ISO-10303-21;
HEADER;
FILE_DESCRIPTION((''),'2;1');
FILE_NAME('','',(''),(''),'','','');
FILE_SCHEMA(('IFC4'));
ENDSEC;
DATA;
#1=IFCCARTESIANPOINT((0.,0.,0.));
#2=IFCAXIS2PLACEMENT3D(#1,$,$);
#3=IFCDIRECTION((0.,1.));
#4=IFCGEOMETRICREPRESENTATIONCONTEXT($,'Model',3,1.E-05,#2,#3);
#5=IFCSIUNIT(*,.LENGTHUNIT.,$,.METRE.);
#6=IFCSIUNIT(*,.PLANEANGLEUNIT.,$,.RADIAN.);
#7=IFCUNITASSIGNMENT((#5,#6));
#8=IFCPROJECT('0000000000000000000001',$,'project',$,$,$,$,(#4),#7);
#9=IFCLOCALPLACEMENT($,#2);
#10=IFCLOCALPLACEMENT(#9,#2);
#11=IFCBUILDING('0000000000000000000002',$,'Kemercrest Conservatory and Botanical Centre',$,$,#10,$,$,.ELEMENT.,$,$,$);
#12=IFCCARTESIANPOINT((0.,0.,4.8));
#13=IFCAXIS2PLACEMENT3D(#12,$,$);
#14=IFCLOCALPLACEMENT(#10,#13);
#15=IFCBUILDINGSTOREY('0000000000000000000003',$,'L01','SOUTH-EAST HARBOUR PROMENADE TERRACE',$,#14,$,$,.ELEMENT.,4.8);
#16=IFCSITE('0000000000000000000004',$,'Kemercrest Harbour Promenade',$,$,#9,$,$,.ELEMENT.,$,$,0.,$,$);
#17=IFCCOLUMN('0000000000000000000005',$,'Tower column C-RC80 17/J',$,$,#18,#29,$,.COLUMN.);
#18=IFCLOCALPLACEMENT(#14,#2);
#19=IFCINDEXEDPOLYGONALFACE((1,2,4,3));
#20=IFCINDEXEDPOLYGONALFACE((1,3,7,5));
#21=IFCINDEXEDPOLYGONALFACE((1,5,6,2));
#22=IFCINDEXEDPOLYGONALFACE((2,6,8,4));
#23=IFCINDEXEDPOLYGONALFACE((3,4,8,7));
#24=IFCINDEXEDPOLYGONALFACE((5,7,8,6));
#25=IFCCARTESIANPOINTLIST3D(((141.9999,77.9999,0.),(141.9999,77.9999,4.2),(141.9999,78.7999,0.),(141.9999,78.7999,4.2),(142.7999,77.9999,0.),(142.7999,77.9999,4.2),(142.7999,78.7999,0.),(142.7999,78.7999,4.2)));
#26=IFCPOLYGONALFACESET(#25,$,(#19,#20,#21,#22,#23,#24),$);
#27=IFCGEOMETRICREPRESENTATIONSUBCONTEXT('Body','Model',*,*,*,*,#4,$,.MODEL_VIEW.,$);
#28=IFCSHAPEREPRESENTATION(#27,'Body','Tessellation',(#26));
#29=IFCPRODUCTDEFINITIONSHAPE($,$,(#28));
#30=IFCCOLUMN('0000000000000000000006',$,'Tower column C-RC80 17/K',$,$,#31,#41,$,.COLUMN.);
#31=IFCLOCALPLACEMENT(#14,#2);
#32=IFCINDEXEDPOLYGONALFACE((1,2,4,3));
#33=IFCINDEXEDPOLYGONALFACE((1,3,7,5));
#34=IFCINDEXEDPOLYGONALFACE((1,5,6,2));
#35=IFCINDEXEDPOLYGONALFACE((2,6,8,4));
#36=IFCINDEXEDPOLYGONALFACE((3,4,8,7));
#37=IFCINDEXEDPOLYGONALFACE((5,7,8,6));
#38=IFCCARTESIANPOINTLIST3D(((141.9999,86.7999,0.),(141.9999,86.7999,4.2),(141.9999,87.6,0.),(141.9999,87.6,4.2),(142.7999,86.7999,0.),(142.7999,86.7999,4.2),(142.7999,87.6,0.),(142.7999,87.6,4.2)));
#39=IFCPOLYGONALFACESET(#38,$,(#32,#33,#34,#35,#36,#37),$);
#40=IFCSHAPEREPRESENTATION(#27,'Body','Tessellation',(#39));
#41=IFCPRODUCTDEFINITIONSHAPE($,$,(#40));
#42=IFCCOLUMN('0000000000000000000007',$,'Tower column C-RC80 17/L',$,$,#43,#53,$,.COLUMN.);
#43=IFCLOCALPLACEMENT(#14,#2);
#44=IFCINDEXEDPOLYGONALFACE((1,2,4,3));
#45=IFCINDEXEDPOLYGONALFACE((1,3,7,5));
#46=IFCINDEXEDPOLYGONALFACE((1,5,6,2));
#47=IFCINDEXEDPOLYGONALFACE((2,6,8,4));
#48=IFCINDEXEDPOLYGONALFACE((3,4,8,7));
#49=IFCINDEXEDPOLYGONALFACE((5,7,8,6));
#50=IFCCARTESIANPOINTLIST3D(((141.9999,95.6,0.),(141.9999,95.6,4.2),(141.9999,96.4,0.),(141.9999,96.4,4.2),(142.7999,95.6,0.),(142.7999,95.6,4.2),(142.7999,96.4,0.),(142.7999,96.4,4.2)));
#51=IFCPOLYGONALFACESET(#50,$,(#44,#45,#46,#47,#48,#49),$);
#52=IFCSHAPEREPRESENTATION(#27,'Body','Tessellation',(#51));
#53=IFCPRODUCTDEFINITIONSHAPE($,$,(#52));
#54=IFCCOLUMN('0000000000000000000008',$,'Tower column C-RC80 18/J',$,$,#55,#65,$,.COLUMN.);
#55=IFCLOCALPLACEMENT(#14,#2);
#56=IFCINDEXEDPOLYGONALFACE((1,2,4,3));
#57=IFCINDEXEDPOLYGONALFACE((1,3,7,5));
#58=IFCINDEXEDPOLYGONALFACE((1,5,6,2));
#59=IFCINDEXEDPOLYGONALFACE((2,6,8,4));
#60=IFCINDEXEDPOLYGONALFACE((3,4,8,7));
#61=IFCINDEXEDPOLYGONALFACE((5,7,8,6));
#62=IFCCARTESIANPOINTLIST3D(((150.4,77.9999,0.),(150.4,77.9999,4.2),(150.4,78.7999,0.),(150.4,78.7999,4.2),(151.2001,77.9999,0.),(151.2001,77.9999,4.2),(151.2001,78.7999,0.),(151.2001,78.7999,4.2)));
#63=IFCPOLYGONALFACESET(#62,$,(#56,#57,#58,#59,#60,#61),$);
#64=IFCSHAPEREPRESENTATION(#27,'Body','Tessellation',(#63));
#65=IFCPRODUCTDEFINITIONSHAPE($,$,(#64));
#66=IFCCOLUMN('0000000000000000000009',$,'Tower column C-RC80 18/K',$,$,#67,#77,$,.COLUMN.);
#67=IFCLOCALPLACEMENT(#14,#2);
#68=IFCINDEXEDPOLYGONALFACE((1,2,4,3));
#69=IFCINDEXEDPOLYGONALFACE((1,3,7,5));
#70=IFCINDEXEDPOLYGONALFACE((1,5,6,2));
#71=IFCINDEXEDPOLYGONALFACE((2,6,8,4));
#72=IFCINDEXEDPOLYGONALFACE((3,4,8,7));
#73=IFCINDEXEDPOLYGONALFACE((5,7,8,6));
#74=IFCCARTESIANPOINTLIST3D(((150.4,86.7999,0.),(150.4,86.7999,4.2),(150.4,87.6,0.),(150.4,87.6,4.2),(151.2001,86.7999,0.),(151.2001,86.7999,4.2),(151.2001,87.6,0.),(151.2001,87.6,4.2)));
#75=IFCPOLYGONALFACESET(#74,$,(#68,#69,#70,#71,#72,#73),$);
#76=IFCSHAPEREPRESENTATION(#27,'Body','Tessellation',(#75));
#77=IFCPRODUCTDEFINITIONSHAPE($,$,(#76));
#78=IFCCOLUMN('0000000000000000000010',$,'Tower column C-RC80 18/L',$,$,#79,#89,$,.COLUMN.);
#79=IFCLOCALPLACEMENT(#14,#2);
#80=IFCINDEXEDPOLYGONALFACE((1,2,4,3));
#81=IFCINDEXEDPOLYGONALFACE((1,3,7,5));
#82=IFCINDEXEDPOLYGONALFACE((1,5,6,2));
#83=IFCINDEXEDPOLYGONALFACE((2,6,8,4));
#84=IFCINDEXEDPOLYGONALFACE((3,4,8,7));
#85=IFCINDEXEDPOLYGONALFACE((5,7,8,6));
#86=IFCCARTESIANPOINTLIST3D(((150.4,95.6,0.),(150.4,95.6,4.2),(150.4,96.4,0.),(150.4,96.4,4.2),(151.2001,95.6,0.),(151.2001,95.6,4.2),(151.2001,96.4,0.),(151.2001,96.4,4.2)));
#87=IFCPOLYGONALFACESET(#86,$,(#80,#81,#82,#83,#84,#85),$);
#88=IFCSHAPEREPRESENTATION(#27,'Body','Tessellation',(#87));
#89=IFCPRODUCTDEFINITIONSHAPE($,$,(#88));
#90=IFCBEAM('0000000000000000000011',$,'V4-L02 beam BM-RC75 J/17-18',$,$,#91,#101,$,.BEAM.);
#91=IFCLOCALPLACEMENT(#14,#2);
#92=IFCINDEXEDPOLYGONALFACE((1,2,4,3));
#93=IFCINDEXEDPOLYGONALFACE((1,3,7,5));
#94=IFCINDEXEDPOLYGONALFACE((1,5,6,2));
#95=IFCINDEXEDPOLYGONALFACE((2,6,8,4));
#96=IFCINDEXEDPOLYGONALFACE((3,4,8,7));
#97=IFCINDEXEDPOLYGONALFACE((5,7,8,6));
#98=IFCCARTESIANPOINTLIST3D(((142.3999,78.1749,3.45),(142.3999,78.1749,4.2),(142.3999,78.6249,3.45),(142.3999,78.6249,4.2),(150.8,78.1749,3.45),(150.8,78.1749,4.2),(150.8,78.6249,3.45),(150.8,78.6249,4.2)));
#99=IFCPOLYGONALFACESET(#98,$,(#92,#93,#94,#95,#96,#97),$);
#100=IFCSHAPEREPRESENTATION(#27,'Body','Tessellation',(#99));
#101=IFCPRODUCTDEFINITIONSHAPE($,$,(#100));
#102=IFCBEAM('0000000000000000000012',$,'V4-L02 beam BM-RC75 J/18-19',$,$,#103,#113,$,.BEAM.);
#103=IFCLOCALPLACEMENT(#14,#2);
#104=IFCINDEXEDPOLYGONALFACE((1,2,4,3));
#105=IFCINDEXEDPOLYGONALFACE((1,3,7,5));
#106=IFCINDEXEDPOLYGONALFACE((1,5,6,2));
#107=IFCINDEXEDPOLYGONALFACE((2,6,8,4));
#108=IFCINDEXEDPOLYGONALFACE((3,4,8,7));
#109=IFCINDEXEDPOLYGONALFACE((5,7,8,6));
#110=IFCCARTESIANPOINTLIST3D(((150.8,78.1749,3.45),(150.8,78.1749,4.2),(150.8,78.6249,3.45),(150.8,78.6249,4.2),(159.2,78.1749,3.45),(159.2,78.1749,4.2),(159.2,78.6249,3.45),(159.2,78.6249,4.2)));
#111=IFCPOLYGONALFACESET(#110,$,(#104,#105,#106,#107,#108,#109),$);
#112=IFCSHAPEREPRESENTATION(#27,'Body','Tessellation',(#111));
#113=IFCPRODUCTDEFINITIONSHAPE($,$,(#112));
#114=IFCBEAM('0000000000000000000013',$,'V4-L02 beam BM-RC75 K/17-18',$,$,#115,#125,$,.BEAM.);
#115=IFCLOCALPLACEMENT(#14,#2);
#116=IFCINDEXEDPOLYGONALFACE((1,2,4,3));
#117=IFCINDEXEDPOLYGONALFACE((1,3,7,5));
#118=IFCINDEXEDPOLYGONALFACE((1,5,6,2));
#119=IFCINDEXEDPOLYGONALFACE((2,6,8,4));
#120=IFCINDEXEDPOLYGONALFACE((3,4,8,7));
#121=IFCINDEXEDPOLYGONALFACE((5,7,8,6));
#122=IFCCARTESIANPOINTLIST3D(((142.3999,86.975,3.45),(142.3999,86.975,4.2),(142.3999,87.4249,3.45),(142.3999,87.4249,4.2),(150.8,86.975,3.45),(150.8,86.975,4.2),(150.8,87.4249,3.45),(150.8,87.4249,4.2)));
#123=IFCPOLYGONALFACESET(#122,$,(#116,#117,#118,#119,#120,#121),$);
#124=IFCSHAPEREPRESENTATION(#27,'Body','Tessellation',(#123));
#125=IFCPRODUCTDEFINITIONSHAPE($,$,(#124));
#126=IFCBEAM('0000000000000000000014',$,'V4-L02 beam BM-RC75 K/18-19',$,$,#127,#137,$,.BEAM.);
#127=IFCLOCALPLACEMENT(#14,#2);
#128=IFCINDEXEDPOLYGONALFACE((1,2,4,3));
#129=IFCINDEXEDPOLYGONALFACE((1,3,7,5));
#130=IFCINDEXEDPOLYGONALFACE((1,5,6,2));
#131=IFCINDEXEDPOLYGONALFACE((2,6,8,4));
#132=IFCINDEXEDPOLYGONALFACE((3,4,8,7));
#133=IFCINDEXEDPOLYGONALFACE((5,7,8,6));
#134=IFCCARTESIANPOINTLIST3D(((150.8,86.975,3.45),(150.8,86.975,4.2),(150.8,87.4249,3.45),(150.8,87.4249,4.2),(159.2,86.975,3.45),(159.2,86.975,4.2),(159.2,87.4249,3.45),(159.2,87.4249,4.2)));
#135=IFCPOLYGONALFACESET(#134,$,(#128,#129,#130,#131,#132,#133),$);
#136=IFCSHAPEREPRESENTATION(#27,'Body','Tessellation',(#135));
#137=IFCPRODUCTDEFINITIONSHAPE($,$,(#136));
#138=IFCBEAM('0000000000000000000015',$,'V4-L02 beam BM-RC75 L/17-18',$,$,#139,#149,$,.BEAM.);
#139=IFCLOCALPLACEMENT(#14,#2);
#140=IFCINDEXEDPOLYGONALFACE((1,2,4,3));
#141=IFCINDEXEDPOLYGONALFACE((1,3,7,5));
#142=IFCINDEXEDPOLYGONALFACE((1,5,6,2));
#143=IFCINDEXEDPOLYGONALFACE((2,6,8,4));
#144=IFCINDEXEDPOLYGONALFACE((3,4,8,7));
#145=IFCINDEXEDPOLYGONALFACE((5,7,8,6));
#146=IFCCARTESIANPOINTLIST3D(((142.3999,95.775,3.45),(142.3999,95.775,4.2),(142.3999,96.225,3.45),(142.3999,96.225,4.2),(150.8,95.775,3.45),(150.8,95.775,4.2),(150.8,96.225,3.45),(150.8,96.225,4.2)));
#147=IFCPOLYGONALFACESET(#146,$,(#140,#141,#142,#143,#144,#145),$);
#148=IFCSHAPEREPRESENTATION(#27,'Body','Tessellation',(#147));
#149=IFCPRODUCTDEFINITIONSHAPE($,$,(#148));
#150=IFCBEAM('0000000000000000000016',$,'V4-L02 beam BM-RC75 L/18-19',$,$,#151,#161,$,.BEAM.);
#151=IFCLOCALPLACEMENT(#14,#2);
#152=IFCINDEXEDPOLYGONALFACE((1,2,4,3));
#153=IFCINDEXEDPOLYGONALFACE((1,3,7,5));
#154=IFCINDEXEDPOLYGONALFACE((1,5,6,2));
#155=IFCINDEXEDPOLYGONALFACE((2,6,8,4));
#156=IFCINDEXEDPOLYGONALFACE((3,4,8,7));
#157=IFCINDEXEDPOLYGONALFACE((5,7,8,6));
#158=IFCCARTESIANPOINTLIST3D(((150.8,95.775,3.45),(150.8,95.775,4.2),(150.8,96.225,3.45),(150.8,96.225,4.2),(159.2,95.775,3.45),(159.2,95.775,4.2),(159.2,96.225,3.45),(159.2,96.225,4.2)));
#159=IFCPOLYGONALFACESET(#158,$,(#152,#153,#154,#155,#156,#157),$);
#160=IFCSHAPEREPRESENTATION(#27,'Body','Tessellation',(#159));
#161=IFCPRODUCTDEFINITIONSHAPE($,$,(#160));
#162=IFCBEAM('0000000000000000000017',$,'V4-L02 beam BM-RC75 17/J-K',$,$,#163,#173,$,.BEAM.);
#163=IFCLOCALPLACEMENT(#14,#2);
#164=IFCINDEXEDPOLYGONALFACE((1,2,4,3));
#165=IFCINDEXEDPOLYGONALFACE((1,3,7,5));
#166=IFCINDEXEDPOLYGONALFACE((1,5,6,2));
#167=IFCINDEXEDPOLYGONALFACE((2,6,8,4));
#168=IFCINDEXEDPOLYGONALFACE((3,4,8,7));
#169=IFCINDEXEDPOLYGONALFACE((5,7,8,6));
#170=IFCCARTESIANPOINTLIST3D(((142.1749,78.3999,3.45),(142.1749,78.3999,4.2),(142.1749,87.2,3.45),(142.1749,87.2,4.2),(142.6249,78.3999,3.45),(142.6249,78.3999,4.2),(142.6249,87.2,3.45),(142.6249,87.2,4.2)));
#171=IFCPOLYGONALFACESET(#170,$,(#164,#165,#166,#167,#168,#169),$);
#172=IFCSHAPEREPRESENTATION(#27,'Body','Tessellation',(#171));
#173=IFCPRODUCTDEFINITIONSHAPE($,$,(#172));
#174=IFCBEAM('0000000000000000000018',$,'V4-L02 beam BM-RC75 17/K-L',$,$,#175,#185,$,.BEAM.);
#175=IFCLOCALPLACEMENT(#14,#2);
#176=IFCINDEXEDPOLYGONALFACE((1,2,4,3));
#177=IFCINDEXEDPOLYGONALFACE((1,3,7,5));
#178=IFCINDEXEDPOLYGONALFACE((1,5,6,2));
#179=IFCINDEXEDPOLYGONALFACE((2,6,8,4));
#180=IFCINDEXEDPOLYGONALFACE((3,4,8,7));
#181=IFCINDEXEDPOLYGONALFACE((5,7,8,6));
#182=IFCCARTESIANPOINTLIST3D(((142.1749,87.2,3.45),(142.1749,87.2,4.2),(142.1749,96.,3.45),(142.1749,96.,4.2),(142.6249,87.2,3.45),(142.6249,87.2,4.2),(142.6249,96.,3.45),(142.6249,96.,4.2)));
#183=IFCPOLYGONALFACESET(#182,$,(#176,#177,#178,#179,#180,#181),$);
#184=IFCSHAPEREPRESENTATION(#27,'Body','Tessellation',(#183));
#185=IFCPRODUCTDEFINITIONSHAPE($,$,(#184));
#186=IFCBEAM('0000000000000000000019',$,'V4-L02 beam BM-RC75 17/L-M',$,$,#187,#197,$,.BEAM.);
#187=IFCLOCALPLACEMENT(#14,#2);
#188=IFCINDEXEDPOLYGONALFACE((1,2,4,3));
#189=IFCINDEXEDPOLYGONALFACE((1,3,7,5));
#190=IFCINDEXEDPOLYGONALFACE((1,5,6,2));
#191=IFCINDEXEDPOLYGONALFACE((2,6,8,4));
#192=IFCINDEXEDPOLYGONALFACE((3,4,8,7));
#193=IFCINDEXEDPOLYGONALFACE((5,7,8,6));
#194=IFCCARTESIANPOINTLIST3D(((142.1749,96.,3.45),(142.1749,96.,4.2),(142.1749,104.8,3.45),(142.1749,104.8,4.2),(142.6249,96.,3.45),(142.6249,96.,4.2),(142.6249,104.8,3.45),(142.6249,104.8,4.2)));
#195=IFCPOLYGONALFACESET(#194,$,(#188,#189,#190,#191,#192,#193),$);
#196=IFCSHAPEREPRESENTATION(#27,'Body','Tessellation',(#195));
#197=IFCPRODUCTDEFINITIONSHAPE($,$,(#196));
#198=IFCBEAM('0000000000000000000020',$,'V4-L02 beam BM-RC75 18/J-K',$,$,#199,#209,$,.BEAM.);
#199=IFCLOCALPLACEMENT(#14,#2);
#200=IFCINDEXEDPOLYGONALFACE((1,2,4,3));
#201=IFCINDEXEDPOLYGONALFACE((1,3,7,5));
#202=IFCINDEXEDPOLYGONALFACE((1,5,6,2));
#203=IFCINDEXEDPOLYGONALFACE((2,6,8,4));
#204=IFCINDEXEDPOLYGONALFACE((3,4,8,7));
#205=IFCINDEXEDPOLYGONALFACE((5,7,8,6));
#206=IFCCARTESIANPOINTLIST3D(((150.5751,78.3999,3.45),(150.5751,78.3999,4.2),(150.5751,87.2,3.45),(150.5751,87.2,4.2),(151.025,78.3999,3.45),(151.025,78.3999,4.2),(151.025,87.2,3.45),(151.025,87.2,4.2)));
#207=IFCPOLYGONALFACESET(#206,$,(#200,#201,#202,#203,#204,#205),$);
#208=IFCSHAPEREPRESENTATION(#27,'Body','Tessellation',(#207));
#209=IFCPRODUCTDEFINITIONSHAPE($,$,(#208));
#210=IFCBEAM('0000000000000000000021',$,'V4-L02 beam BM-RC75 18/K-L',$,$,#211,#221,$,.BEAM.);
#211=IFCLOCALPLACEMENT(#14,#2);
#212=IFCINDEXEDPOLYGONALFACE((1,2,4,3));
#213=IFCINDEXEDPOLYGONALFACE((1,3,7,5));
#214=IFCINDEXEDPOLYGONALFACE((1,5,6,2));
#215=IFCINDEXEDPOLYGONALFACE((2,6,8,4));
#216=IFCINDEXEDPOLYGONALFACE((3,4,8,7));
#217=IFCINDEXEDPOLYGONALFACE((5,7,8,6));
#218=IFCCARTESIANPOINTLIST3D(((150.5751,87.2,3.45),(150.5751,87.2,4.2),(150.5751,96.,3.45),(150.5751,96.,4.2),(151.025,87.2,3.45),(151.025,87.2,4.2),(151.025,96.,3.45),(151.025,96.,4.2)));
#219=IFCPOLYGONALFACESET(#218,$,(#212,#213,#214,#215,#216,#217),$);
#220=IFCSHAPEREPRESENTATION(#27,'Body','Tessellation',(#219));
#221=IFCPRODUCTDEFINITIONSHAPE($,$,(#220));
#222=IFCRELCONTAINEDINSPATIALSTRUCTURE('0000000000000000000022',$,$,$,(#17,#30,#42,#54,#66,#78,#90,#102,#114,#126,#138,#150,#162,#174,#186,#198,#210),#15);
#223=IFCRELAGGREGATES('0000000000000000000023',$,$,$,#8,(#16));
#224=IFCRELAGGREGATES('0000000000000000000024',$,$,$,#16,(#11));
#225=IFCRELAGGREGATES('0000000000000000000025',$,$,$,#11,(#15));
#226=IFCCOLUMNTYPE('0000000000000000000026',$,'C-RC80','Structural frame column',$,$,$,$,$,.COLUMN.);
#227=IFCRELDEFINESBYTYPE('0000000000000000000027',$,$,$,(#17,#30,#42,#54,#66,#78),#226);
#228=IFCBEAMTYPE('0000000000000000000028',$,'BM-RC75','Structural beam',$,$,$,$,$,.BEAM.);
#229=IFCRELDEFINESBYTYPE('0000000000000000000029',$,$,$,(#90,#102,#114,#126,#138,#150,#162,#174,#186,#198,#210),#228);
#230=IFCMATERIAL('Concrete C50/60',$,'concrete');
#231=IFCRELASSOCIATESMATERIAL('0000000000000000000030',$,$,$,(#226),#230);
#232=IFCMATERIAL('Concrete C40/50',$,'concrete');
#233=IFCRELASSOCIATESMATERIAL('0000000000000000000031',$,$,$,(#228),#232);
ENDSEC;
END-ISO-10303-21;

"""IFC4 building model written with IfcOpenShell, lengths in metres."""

from ifc_helpers import new_model, si_unit, direction, frame, origin, origin_2d, place, context, subcontext, project, spatial, rectangle, extrude, material, material_profile, profile_set, type_object, element, save


model = new_model("IFC4")

# Units and contexts
model_context = context("Model", 3, precision=1e-05, world=origin(), true_north=direction((0.0, 1.0)))
body_context = subcontext(model_context, "Body", "Model", "MODEL_VIEW")
ifc_project = project(units=[si_unit("LENGTHUNIT", "METRE"), si_unit("PLANEANGLEUNIT", "RADIAN")], contexts=[model_context])

# Site, building, storey
site_placement = place(None, origin())
site = spatial("IfcSite", under=ifc_project, at=site_placement, Name="Kemercrest Harbour Promenade", CompositionType="ELEMENT", RefElevation=0.0)
building_placement = place(site_placement, origin())
building = spatial("IfcBuilding", under=site, at=building_placement, Name="Kemercrest Conservatory and Botanical Centre", CompositionType="ELEMENT")
storey_placement = place(building_placement, frame((0.0, 0.0, 4.8)))
storey = spatial("IfcBuildingStorey", under=building, at=storey_placement, Name="L01", Description="SOUTH-EAST HARBOUR PROMENADE TERRACE", CompositionType="ELEMENT", Elevation=4.8)

# Columns
ifc_material_1 = material(Name="Concrete C50/60", Category="concrete")
ifc_material_profile_1 = material_profile(ifc_material_1, rectangle(XDim=0.8, YDim=0.8, at=origin_2d()), Name="RC 800x800")
ifc_profile_set_1 = profile_set([ifc_material_profile_1], Name="Concrete C50/60")
column_type = type_object("IfcColumnType", Name="C-RC80", Description="Structural frame column", PredefinedType="COLUMN", material=ifc_profile_set_1)
for number, where, z_axis, x_axis, name in (
    (1, (142.3999, 78.3999, 0.0), (0.0, 0.0, 1.0), (1.0, 0.0, 0.0), "Tower column C-RC80 17/J"),
    (2, (142.3999, 87.2, 0.0), (0.0, 0.0, 1.0), (1.0, 0.0, 0.0), "Tower column C-RC80 17/K"),
    (3, (142.3999, 96.0, 0.0), (0.0, 0.0, 1.0), (1.0, 0.0, 0.0), "Tower column C-RC80 17/L"),
    (4, (150.8, 78.3999, 0.0), (0.0, 0.0, 1.0), (1.0, 0.0, 0.0), "Tower column C-RC80 18/J"),
    (5, (150.8, 87.2, 0.0), (0.0, 0.0, 1.0), (1.0, 0.0, 0.0), "Tower column C-RC80 18/K"),
    (6, (150.8, 96.0, 0.0), (0.0, 0.0, 1.0), (1.0, 0.0, 0.0), "Tower column C-RC80 18/L"),
):
    element("IfcColumn", number, at=place(storey_placement, frame(where, z_axis=z_axis, x_axis=x_axis)), inside=storey, type_object=column_type, Name=name, PredefinedType="COLUMN", context=body_context, shape_type="SweptSolid", body=[
        extrude(rectangle(XDim=0.8, YDim=0.8, at=origin_2d()), origin(), (0.0, 0.0, 1.0), 4.2),
    ])

# Beams
ifc_material_2 = material(Name="Concrete C40/50", Category="concrete")
ifc_material_profile_2 = material_profile(ifc_material_2, rectangle(XDim=0.45, YDim=0.75, at=origin_2d()), Name="RC 450x750")
ifc_profile_set_2 = profile_set([ifc_material_profile_2], Name="Concrete C40/50")
beam_type_1 = type_object("IfcBeamType", Name="BM-RC75", Description="Structural beam", PredefinedType="BEAM", material=ifc_profile_set_2)
beam_1_placement = place(storey_placement, frame((142.3999, 78.3999, 3.825), z_axis=(1.0, 0.0, 0.0), x_axis=(0.0, 1.0, 0.0)))
element("IfcBeam", 7, at=beam_1_placement, inside=storey, type_object=beam_type_1, Name="V4-L02 beam BM-RC75 J/17-18", PredefinedType="BEAM", context=body_context, shape_type="SweptSolid", body=[
    extrude(rectangle(XDim=0.45, YDim=0.75, at=origin_2d()), origin(), (0.0, 0.0, 1.0), 8.4001),
])
beam_2_placement = place(storey_placement, frame((150.8, 78.3999, 3.825), z_axis=(1.0, 0.0, 0.0), x_axis=(0.0, 1.0, 0.0)))
element("IfcBeam", 8, at=beam_2_placement, inside=storey, type_object=beam_type_1, Name="V4-L02 beam BM-RC75 J/18-19", PredefinedType="BEAM", context=body_context, shape_type="SweptSolid", body=[
    extrude(rectangle(XDim=0.45, YDim=0.75, at=origin_2d()), origin(), (0.0, 0.0, 1.0), 8.3999),
])
beam_3_placement = place(storey_placement, frame((142.3999, 87.2, 3.825), z_axis=(1.0, 0.0, 0.0), x_axis=(0.0, 1.0, 0.0)))
element("IfcBeam", 9, at=beam_3_placement, inside=storey, type_object=beam_type_1, Name="V4-L02 beam BM-RC75 K/17-18", PredefinedType="BEAM", context=body_context, shape_type="SweptSolid", body=[
    extrude(rectangle(XDim=0.45, YDim=0.75, at=origin_2d()), origin(), (0.0, 0.0, 1.0), 8.4001),
])
beam_4_placement = place(storey_placement, frame((150.8, 87.2, 3.825), z_axis=(1.0, 0.0, 0.0), x_axis=(0.0, 1.0, 0.0)))
element("IfcBeam", 10, at=beam_4_placement, inside=storey, type_object=beam_type_1, Name="V4-L02 beam BM-RC75 K/18-19", PredefinedType="BEAM", context=body_context, shape_type="SweptSolid", body=[
    extrude(rectangle(XDim=0.45, YDim=0.75, at=origin_2d()), origin(), (0.0, 0.0, 1.0), 8.3999),
])
beam_5_placement = place(storey_placement, frame((142.3999, 96.0, 3.825), z_axis=(1.0, 0.0, 0.0), x_axis=(0.0, 1.0, 0.0)))
element("IfcBeam", 11, at=beam_5_placement, inside=storey, type_object=beam_type_1, Name="V4-L02 beam BM-RC75 L/17-18", PredefinedType="BEAM", context=body_context, shape_type="SweptSolid", body=[
    extrude(rectangle(XDim=0.45, YDim=0.75, at=origin_2d()), origin(), (0.0, 0.0, 1.0), 8.4001),
])
beam_6_placement = place(storey_placement, frame((150.8, 96.0, 3.825), z_axis=(1.0, 0.0, 0.0), x_axis=(0.0, 1.0, 0.0)))
element("IfcBeam", 12, at=beam_6_placement, inside=storey, type_object=beam_type_1, Name="V4-L02 beam BM-RC75 L/18-19", PredefinedType="BEAM", context=body_context, shape_type="SweptSolid", body=[
    extrude(rectangle(XDim=0.45, YDim=0.75, at=origin_2d()), origin(), (0.0, 0.0, 1.0), 8.3999),
])
for number, where, z_axis, x_axis, name in (
    (13, (142.3999, 78.3999, 3.825), (0.0, 1.0, 0.0), (-1.0, 0.0, 0.0), "V4-L02 beam BM-RC75 17/J-K"),
    (14, (142.3999, 87.2, 3.825), (0.0, 1.0, 0.0), (-1.0, 0.0, 0.0), "V4-L02 beam BM-RC75 17/K-L"),
    (15, (142.3999, 96.0, 3.825), (0.0, 1.0, 0.0), (-1.0, 0.0, 0.0), "V4-L02 beam BM-RC75 17/L-M"),
    (16, (150.8, 78.3999, 3.825), (0.0, 1.0, 0.0), (-1.0, 0.0, 0.0), "V4-L02 beam BM-RC75 18/J-K"),
    (17, (150.8, 87.2, 3.825), (0.0, 1.0, 0.0), (-1.0, 0.0, 0.0), "V4-L02 beam BM-RC75 18/K-L"),
):
    element("IfcBeam", number, at=place(storey_placement, frame(where, z_axis=z_axis, x_axis=x_axis)), inside=storey, type_object=beam_type_1, Name=name, PredefinedType="BEAM", context=body_context, shape_type="SweptSolid", body=[
        extrude(rectangle(XDim=0.45, YDim=0.75, at=origin_2d()), origin(), (0.0, 0.0, 1.0), 8.8),
    ])

save(model, "model.ifc")
